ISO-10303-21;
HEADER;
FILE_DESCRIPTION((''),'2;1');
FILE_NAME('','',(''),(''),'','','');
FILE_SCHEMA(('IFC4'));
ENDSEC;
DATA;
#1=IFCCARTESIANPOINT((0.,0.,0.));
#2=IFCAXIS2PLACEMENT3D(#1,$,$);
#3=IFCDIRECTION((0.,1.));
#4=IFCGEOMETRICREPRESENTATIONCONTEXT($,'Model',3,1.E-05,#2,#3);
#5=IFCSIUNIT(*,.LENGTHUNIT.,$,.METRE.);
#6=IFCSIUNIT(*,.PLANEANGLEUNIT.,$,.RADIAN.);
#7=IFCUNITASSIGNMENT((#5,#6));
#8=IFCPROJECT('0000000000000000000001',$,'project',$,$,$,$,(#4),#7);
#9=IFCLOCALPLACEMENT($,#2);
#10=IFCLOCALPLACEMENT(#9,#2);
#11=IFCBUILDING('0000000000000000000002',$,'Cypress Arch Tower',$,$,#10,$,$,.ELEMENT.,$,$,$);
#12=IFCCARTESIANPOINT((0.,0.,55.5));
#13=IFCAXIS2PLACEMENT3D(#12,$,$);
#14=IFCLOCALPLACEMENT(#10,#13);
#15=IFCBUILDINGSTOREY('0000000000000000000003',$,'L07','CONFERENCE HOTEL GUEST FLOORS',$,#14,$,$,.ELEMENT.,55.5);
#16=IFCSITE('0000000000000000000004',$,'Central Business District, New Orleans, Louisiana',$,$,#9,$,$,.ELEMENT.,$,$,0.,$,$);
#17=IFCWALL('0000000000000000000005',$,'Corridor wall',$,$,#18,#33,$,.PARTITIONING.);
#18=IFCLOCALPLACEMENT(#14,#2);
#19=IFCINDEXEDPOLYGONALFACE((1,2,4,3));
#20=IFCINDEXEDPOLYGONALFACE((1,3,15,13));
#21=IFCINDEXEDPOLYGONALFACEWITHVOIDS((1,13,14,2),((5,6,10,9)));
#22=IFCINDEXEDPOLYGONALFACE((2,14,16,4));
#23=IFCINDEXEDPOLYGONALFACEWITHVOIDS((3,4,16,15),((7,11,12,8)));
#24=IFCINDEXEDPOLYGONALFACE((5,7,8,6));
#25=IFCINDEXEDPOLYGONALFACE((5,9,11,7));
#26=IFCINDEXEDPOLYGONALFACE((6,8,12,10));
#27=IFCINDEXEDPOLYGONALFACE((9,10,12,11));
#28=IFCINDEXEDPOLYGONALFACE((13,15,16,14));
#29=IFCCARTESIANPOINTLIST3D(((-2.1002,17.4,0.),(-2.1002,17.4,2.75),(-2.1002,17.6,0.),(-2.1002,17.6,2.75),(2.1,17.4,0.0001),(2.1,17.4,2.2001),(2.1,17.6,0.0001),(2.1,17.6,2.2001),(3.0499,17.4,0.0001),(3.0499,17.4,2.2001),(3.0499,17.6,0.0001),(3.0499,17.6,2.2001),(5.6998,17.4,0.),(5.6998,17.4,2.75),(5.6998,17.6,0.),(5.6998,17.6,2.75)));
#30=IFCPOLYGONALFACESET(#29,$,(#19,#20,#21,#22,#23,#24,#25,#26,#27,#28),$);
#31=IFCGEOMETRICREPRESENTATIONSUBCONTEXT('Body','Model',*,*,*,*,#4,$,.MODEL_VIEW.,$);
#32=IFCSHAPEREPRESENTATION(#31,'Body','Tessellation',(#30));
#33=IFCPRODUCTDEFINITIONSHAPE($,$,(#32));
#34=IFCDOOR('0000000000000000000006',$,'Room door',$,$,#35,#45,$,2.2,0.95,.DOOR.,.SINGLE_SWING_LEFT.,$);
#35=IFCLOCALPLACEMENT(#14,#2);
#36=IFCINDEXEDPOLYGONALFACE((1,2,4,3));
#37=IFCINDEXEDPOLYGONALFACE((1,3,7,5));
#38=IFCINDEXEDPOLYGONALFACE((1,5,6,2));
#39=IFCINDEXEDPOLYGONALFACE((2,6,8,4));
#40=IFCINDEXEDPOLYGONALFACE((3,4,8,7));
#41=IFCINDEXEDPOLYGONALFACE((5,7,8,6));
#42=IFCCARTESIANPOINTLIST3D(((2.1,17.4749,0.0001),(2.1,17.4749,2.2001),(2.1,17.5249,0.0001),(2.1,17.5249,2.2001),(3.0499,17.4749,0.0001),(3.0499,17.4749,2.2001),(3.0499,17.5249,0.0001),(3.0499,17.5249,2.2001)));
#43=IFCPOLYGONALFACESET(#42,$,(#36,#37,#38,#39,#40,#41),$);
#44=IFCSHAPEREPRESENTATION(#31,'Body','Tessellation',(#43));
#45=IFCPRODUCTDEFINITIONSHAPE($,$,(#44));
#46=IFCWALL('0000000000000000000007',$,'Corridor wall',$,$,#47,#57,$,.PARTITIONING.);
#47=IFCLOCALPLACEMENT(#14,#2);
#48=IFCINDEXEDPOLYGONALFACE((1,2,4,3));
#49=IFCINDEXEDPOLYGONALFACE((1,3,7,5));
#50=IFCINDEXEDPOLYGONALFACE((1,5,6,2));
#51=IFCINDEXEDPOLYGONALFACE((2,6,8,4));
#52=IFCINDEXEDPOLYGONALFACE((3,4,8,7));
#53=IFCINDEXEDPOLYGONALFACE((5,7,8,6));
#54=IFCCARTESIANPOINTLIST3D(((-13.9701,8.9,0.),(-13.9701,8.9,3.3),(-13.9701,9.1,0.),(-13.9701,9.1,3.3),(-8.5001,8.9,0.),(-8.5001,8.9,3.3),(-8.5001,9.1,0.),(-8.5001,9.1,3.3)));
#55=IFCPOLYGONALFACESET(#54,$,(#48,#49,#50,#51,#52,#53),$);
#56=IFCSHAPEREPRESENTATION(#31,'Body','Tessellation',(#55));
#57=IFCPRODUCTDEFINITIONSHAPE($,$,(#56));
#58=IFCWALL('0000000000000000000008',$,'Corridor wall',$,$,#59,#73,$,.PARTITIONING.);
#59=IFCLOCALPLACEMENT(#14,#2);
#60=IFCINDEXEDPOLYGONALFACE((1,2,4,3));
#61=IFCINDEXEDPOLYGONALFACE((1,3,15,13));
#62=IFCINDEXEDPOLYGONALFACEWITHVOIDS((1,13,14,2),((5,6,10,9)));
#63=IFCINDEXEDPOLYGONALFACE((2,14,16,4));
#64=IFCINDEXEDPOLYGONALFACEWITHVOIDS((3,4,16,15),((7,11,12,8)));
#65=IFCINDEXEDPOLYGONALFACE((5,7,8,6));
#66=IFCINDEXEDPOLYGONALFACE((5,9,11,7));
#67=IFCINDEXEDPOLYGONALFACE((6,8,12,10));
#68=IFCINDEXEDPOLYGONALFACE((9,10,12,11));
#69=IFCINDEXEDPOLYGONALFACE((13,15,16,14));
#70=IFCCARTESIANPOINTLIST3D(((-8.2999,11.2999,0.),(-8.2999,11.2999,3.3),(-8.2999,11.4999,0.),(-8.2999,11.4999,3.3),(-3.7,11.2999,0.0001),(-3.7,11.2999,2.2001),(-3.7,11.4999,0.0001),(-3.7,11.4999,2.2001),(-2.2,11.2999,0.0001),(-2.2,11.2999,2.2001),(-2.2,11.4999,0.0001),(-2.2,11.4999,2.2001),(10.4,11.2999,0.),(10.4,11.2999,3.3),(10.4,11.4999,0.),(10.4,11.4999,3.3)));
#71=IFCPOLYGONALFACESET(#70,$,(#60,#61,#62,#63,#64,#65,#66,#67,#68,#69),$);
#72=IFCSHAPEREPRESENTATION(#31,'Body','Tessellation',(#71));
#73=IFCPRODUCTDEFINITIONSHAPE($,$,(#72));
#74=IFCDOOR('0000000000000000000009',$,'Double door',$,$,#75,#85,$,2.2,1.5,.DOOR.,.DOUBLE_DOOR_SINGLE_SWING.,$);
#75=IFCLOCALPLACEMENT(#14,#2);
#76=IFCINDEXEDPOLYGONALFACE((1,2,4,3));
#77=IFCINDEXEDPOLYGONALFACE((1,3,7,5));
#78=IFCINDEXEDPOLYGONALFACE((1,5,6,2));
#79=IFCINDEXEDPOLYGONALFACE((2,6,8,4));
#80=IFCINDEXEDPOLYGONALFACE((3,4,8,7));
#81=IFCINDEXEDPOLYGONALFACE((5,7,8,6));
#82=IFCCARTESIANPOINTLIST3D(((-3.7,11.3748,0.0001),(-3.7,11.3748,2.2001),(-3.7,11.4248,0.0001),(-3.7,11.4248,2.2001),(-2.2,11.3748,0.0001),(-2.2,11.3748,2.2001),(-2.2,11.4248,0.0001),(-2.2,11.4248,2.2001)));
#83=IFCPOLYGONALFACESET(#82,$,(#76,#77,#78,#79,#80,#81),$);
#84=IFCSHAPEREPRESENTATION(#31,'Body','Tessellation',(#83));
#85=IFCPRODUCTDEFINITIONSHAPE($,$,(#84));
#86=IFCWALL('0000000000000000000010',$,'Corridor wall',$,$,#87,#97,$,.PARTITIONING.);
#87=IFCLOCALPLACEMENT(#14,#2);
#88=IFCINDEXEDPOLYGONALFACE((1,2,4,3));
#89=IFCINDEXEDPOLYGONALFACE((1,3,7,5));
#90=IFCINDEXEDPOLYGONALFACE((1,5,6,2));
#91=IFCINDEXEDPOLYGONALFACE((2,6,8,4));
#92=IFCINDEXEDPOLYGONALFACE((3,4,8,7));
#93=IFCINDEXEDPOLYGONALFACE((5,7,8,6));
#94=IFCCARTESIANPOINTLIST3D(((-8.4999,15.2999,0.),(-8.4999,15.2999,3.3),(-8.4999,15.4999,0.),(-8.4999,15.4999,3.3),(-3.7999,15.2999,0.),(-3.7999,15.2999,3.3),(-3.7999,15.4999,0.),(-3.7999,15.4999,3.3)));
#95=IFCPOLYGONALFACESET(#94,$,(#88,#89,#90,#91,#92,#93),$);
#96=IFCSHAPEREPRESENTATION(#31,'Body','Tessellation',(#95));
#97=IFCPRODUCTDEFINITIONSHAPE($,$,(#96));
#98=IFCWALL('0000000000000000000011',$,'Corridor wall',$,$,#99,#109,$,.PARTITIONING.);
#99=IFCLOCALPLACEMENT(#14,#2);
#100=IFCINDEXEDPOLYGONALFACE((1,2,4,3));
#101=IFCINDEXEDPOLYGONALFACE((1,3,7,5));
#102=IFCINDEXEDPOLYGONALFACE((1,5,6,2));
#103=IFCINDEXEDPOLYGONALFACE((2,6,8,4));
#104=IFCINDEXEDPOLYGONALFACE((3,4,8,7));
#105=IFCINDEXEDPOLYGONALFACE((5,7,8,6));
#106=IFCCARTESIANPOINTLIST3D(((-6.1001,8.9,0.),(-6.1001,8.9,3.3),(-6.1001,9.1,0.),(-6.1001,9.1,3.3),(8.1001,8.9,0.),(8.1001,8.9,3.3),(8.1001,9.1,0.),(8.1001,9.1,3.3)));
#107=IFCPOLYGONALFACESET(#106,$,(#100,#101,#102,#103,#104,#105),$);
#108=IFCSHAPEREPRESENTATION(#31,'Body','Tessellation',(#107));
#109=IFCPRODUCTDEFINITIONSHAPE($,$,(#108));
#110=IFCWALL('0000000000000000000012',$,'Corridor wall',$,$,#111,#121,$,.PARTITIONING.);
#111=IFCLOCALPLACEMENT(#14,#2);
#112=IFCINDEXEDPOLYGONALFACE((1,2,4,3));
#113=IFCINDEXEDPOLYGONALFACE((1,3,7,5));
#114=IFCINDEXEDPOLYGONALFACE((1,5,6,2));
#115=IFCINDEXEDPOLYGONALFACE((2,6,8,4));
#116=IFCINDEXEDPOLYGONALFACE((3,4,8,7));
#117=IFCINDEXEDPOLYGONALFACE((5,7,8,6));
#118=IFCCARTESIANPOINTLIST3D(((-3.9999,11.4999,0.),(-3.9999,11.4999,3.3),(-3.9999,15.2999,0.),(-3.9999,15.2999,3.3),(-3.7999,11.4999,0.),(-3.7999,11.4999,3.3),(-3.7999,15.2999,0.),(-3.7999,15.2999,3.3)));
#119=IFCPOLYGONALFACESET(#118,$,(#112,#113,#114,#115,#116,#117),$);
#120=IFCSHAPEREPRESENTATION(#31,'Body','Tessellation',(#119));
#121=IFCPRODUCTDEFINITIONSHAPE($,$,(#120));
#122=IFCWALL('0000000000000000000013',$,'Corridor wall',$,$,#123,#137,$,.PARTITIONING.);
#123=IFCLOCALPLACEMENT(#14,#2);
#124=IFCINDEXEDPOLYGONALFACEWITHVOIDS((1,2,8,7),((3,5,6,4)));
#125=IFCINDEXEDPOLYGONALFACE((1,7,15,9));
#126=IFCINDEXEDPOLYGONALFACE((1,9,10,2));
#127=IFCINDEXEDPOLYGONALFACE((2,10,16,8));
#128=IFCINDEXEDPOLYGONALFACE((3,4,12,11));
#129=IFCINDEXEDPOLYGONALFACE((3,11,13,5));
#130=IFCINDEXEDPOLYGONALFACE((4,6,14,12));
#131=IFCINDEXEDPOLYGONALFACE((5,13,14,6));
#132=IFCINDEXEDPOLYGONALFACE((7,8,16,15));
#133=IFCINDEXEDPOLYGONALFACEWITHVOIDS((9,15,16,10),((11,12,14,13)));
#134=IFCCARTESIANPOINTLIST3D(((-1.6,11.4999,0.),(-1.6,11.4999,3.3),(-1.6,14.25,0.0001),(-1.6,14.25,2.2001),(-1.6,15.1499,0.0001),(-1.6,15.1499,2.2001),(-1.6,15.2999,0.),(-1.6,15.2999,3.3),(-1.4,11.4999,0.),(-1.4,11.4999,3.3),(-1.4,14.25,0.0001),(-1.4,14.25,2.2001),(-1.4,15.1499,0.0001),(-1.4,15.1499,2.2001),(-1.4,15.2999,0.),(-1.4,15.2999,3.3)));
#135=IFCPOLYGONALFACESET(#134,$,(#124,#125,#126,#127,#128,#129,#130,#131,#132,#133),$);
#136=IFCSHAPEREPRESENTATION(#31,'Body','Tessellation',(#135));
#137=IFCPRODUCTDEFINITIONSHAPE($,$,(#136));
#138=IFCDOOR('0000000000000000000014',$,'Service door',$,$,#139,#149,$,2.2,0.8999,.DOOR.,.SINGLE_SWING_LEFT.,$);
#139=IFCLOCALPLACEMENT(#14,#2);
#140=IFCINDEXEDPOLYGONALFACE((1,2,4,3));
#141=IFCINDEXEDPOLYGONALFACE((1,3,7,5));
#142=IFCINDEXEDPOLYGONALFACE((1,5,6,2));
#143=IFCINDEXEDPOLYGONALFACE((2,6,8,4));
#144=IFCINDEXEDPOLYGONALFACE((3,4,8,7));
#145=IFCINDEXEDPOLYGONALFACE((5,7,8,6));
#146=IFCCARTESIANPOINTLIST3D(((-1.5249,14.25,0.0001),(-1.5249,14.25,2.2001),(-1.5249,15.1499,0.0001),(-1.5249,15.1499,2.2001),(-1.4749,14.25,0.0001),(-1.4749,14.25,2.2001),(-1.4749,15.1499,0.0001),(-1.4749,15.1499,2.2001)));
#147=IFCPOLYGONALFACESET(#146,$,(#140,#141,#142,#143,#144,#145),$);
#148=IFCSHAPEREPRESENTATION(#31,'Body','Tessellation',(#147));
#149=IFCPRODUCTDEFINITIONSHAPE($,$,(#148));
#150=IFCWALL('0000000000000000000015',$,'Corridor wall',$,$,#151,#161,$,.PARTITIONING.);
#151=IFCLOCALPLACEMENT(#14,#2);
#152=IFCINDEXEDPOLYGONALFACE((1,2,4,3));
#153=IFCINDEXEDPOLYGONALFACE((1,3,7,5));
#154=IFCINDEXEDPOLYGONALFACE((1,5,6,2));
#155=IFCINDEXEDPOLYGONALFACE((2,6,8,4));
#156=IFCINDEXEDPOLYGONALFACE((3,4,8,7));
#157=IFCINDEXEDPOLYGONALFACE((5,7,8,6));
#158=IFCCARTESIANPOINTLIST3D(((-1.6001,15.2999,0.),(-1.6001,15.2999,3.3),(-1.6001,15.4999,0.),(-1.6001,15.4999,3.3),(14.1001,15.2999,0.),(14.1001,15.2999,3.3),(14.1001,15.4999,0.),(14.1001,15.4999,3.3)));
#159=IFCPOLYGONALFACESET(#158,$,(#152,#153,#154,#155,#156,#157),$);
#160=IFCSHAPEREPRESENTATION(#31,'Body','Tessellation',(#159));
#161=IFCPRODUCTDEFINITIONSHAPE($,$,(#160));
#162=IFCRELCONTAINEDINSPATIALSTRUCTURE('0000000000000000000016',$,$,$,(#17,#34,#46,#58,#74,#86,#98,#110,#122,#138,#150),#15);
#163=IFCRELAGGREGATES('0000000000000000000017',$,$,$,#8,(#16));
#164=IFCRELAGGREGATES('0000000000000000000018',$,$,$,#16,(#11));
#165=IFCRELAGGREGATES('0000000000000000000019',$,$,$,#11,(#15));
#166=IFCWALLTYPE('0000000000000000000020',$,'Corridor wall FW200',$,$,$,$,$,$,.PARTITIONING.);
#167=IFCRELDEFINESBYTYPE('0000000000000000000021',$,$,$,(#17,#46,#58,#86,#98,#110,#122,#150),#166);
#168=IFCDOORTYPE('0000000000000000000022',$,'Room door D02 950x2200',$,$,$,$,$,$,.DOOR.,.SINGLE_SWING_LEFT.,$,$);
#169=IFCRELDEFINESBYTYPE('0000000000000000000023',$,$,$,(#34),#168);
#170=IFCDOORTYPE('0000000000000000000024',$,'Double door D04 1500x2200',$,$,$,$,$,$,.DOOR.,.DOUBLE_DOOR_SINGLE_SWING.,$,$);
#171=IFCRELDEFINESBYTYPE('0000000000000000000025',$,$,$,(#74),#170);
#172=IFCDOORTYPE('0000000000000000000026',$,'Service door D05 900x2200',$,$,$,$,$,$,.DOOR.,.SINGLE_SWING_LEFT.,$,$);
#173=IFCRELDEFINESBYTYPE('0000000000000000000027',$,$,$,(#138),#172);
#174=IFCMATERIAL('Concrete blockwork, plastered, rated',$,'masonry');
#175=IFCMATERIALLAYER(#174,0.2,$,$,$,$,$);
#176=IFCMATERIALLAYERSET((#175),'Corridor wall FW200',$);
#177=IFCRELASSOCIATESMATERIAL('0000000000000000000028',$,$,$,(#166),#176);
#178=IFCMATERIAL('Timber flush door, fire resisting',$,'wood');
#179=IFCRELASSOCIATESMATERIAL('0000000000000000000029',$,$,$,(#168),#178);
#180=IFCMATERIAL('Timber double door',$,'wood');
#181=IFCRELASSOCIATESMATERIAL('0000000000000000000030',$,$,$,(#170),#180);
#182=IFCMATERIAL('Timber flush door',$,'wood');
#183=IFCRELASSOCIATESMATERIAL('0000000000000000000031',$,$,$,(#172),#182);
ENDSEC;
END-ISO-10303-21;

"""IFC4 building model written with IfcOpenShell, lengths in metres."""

from ifc_helpers import new_model, si_unit, direction, frame, frame_2d, origin, place, context, subcontext, project, spatial, rectangle, extrude, material, layer, layer_set, type_object, element, fill, save


model = new_model("IFC4")

# Units and contexts
model_context = context("Model", 3, precision=1e-05, world=origin(), true_north=direction((0.0, 1.0)))
body_context = subcontext(model_context, "Body", "Model", "MODEL_VIEW")
ifc_project = project(units=[si_unit("LENGTHUNIT", "METRE"), si_unit("PLANEANGLEUNIT", "RADIAN")], contexts=[model_context])

# Site, building, storey
site_placement = place(None, origin())
site = spatial("IfcSite", under=ifc_project, at=site_placement, Name="Central Business District, New Orleans, Louisiana", CompositionType="ELEMENT", RefElevation=0.0)
building_placement = place(site_placement, origin())
building = spatial("IfcBuilding", under=site, at=building_placement, Name="Cypress Arch Tower", CompositionType="ELEMENT")
storey_placement = place(building_placement, frame((0.0, 0.0, 55.5)))
storey = spatial("IfcBuildingStorey", under=building, at=storey_placement, Name="L07", Description="CONFERENCE HOTEL GUEST FLOORS", CompositionType="ELEMENT", Elevation=55.5)

# Shared definitions
ifc_material_1 = material(Name="Concrete blockwork, plastered, rated", Category="masonry")
ifc_layer_1 = layer(ifc_material_1, 0.2)
ifc_layer_set_1 = layer_set([ifc_layer_1], Name="Corridor wall FW200")
wall_type_1 = type_object("IfcWallType", Name="Corridor wall FW200", PredefinedType="PARTITIONING", material=ifc_layer_set_1)

# Shared definitions
ifc_material_2 = material(Name="Timber flush door, fire resisting", Category="wood")
door_type_1 = type_object("IfcDoorType", Name="Room door D02 950x2200", OperationType="SINGLE_SWING_LEFT", PredefinedType="DOOR", material=ifc_material_2)

# Wall, opening, door
wall_1_placement = place(storey_placement, frame((-2.1001, 17.5, 0.0), z_axis=(0.0, 0.0, 1.0), x_axis=(1.0, 0.0, 0.0)))
wall_1 = element("IfcWall", 1, at=wall_1_placement, inside=storey, type_object=wall_type_1, Name="Corridor wall", PredefinedType="PARTITIONING", context=body_context, shape_type="SweptSolid", body=[
    extrude(rectangle(XDim=7.8, YDim=0.2, at=frame_2d((3.8999, 0.0))), origin(), (0.0, 0.0, 1.0), 2.75),
])
opening_1_placement = place(wall_1_placement, frame((4.2, 0.0, 0.0)))
opening_1 = element("IfcOpeningElement", 2, at=opening_1_placement, cuts=wall_1, PredefinedType="OPENING", context=body_context, shape_type="SweptSolid", body=[
    extrude(rectangle(XDim=0.95, YDim=2.2, at=frame_2d((0.4751, 1.1001))), frame((0.0, 0.1099, 0.0), z_axis=(0.0, -1.0, 0.0), x_axis=(1.0, 0.0, 0.0)), (0.0, 0.0, 1.0), 0.22),
])
door_1_placement = place(opening_1_placement, origin())
door_1 = element("IfcDoor", 3, at=door_1_placement, inside=storey, type_object=door_type_1, Name="Room door", OperationType="SINGLE_SWING_LEFT", OverallHeight=2.2, OverallWidth=0.95, PredefinedType="DOOR", context=body_context, shape_type="SweptSolid", body=[
    extrude(rectangle(XDim=0.95, YDim=2.2, at=frame_2d((0.4751, 1.1001))), frame((0.0, 0.0249, 0.0), z_axis=(0.0, -1.0, 0.0), x_axis=(1.0, 0.0, 0.0)), (0.0, 0.0, 1.0), 0.05),
])
fill(opening_1, door_1)

# Wall
wall_2_placement = place(storey_placement, frame((-13.97, 9.0, 0.0), z_axis=(0.0, 0.0, 1.0), x_axis=(1.0, 0.0, 0.0)))
element("IfcWall", 4, at=wall_2_placement, inside=storey, type_object=wall_type_1, Name="Corridor wall", PredefinedType="PARTITIONING", context=body_context, shape_type="SweptSolid", body=[
    extrude(rectangle(XDim=5.47, YDim=0.2, at=frame_2d((2.7349, 0.0))), origin(), (0.0, 0.0, 1.0), 3.3),
])

# Wall, opening, door
wall_3_placement = place(storey_placement, frame((-8.3, 11.3999, 0.0), z_axis=(0.0, 0.0, 1.0), x_axis=(1.0, 0.0, 0.0)))
wall_3 = element("IfcWall", 5, at=wall_3_placement, inside=storey, type_object=wall_type_1, Name="Corridor wall", PredefinedType="PARTITIONING", context=body_context, shape_type="SweptSolid", body=[
    extrude(rectangle(XDim=18.7, YDim=0.2, at=frame_2d((9.3501, 0.0))), origin(), (0.0, 0.0, 1.0), 3.3),
])
opening_2_placement = place(wall_3_placement, frame((4.6001, 0.0, 0.0)))
opening_2 = element("IfcOpeningElement", 6, at=opening_2_placement, cuts=wall_3, PredefinedType="OPENING", context=body_context, shape_type="SweptSolid", body=[
    extrude(rectangle(XDim=1.5, YDim=2.2, at=frame_2d((0.75, 1.1001))), frame((0.0, 0.1099, 0.0), z_axis=(0.0, -1.0, 0.0), x_axis=(1.0, 0.0, 0.0)), (0.0, 0.0, 1.0), 0.22),
])
ifc_material_3 = material(Name="Timber double door", Category="wood")
door_type_2 = type_object("IfcDoorType", Name="Double door D04 1500x2200", OperationType="DOUBLE_DOOR_SINGLE_SWING", PredefinedType="DOOR", material=ifc_material_3)
door_2_placement = place(opening_2_placement, origin())
door_2 = element("IfcDoor", 7, at=door_2_placement, inside=storey, type_object=door_type_2, Name="Double door", OperationType="DOUBLE_DOOR_SINGLE_SWING", OverallHeight=2.2, OverallWidth=1.5, PredefinedType="DOOR", context=body_context, shape_type="SweptSolid", body=[
    extrude(rectangle(XDim=1.5, YDim=2.2, at=frame_2d((0.75, 1.1001))), frame((0.0, 0.0249, 0.0), z_axis=(0.0, -1.0, 0.0), x_axis=(1.0, 0.0, 0.0)), (0.0, 0.0, 1.0), 0.05),
])
fill(opening_2, door_2)

# Walls
wall_4_placement = place(storey_placement, frame((-8.5, 15.3999, 0.0), z_axis=(0.0, 0.0, 1.0), x_axis=(1.0, 0.0, 0.0)))
element("IfcWall", 8, at=wall_4_placement, inside=storey, type_object=wall_type_1, Name="Corridor wall", PredefinedType="PARTITIONING", context=body_context, shape_type="SweptSolid", body=[
    extrude(rectangle(XDim=4.7, YDim=0.2, at=frame_2d((2.3501, 0.0))), origin(), (0.0, 0.0, 1.0), 3.3),
])
wall_5_placement = place(storey_placement, frame((-6.1001, 9.0, 0.0), z_axis=(0.0, 0.0, 1.0), x_axis=(1.0, 0.0, 0.0)))
element("IfcWall", 9, at=wall_5_placement, inside=storey, type_object=wall_type_1, Name="Corridor wall", PredefinedType="PARTITIONING", context=body_context, shape_type="SweptSolid", body=[
    extrude(rectangle(XDim=14.2002, YDim=0.2, at=frame_2d((7.1001, 0.0))), origin(), (0.0, 0.0, 1.0), 3.3),
])
wall_6_placement = place(storey_placement, frame((-3.8999, 11.5, 0.0), z_axis=(0.0, 0.0, 1.0), x_axis=(0.0, 1.0, 0.0)))
element("IfcWall", 10, at=wall_6_placement, inside=storey, type_object=wall_type_1, Name="Corridor wall", PredefinedType="PARTITIONING", context=body_context, shape_type="SweptSolid", body=[
    extrude(rectangle(XDim=3.8, YDim=0.2, at=frame_2d((1.8999, 0.0))), origin(), (0.0, 0.0, 1.0), 3.3),
])

# Wall, opening, door
wall_7_placement = place(storey_placement, frame((-1.5, 11.5, 0.0), z_axis=(0.0, 0.0, 1.0), x_axis=(0.0, 1.0, 0.0)))
wall_7 = element("IfcWall", 11, at=wall_7_placement, inside=storey, type_object=wall_type_1, Name="Corridor wall", PredefinedType="PARTITIONING", context=body_context, shape_type="SweptSolid", body=[
    extrude(rectangle(XDim=3.8, YDim=0.2, at=frame_2d((1.8999, 0.0))), origin(), (0.0, 0.0, 1.0), 3.3),
])
opening_3_placement = place(wall_7_placement, frame((2.75, 0.0, 0.0)))
opening_3 = element("IfcOpeningElement", 12, at=opening_3_placement, cuts=wall_7, PredefinedType="OPENING", context=body_context, shape_type="SweptSolid", body=[
    extrude(rectangle(XDim=0.8999, YDim=2.2, at=frame_2d((0.45, 1.1001))), frame((0.0, 0.1099, 0.0), z_axis=(0.0, -1.0, 0.0), x_axis=(1.0, 0.0, 0.0)), (0.0, 0.0, 1.0), 0.22),
])
ifc_material_4 = material(Name="Timber flush door", Category="wood")
door_type_3 = type_object("IfcDoorType", Name="Service door D05 900x2200", OperationType="SINGLE_SWING_LEFT", PredefinedType="DOOR", material=ifc_material_4)
door_3_placement = place(opening_3_placement, origin())
door_3 = element("IfcDoor", 13, at=door_3_placement, inside=storey, type_object=door_type_3, Name="Service door", OperationType="SINGLE_SWING_LEFT", OverallHeight=2.2, OverallWidth=0.8999, PredefinedType="DOOR", context=body_context, shape_type="SweptSolid", body=[
    extrude(rectangle(XDim=0.8999, YDim=2.2, at=frame_2d((0.45, 1.1001))), frame((0.0, 0.0249, 0.0), z_axis=(0.0, -1.0, 0.0), x_axis=(1.0, 0.0, 0.0)), (0.0, 0.0, 1.0), 0.05),
])
fill(opening_3, door_3)

# Wall
wall_8_placement = place(storey_placement, frame((-1.6001, 15.3999, 0.0), z_axis=(0.0, 0.0, 1.0), x_axis=(1.0, 0.0, 0.0)))
element("IfcWall", 14, at=wall_8_placement, inside=storey, type_object=wall_type_1, Name="Corridor wall", PredefinedType="PARTITIONING", context=body_context, shape_type="SweptSolid", body=[
    extrude(rectangle(XDim=15.7002, YDim=0.2, at=frame_2d((7.8501, 0.0))), origin(), (0.0, 0.0, 1.0), 3.3),
])

save(model, "model.ifc")
